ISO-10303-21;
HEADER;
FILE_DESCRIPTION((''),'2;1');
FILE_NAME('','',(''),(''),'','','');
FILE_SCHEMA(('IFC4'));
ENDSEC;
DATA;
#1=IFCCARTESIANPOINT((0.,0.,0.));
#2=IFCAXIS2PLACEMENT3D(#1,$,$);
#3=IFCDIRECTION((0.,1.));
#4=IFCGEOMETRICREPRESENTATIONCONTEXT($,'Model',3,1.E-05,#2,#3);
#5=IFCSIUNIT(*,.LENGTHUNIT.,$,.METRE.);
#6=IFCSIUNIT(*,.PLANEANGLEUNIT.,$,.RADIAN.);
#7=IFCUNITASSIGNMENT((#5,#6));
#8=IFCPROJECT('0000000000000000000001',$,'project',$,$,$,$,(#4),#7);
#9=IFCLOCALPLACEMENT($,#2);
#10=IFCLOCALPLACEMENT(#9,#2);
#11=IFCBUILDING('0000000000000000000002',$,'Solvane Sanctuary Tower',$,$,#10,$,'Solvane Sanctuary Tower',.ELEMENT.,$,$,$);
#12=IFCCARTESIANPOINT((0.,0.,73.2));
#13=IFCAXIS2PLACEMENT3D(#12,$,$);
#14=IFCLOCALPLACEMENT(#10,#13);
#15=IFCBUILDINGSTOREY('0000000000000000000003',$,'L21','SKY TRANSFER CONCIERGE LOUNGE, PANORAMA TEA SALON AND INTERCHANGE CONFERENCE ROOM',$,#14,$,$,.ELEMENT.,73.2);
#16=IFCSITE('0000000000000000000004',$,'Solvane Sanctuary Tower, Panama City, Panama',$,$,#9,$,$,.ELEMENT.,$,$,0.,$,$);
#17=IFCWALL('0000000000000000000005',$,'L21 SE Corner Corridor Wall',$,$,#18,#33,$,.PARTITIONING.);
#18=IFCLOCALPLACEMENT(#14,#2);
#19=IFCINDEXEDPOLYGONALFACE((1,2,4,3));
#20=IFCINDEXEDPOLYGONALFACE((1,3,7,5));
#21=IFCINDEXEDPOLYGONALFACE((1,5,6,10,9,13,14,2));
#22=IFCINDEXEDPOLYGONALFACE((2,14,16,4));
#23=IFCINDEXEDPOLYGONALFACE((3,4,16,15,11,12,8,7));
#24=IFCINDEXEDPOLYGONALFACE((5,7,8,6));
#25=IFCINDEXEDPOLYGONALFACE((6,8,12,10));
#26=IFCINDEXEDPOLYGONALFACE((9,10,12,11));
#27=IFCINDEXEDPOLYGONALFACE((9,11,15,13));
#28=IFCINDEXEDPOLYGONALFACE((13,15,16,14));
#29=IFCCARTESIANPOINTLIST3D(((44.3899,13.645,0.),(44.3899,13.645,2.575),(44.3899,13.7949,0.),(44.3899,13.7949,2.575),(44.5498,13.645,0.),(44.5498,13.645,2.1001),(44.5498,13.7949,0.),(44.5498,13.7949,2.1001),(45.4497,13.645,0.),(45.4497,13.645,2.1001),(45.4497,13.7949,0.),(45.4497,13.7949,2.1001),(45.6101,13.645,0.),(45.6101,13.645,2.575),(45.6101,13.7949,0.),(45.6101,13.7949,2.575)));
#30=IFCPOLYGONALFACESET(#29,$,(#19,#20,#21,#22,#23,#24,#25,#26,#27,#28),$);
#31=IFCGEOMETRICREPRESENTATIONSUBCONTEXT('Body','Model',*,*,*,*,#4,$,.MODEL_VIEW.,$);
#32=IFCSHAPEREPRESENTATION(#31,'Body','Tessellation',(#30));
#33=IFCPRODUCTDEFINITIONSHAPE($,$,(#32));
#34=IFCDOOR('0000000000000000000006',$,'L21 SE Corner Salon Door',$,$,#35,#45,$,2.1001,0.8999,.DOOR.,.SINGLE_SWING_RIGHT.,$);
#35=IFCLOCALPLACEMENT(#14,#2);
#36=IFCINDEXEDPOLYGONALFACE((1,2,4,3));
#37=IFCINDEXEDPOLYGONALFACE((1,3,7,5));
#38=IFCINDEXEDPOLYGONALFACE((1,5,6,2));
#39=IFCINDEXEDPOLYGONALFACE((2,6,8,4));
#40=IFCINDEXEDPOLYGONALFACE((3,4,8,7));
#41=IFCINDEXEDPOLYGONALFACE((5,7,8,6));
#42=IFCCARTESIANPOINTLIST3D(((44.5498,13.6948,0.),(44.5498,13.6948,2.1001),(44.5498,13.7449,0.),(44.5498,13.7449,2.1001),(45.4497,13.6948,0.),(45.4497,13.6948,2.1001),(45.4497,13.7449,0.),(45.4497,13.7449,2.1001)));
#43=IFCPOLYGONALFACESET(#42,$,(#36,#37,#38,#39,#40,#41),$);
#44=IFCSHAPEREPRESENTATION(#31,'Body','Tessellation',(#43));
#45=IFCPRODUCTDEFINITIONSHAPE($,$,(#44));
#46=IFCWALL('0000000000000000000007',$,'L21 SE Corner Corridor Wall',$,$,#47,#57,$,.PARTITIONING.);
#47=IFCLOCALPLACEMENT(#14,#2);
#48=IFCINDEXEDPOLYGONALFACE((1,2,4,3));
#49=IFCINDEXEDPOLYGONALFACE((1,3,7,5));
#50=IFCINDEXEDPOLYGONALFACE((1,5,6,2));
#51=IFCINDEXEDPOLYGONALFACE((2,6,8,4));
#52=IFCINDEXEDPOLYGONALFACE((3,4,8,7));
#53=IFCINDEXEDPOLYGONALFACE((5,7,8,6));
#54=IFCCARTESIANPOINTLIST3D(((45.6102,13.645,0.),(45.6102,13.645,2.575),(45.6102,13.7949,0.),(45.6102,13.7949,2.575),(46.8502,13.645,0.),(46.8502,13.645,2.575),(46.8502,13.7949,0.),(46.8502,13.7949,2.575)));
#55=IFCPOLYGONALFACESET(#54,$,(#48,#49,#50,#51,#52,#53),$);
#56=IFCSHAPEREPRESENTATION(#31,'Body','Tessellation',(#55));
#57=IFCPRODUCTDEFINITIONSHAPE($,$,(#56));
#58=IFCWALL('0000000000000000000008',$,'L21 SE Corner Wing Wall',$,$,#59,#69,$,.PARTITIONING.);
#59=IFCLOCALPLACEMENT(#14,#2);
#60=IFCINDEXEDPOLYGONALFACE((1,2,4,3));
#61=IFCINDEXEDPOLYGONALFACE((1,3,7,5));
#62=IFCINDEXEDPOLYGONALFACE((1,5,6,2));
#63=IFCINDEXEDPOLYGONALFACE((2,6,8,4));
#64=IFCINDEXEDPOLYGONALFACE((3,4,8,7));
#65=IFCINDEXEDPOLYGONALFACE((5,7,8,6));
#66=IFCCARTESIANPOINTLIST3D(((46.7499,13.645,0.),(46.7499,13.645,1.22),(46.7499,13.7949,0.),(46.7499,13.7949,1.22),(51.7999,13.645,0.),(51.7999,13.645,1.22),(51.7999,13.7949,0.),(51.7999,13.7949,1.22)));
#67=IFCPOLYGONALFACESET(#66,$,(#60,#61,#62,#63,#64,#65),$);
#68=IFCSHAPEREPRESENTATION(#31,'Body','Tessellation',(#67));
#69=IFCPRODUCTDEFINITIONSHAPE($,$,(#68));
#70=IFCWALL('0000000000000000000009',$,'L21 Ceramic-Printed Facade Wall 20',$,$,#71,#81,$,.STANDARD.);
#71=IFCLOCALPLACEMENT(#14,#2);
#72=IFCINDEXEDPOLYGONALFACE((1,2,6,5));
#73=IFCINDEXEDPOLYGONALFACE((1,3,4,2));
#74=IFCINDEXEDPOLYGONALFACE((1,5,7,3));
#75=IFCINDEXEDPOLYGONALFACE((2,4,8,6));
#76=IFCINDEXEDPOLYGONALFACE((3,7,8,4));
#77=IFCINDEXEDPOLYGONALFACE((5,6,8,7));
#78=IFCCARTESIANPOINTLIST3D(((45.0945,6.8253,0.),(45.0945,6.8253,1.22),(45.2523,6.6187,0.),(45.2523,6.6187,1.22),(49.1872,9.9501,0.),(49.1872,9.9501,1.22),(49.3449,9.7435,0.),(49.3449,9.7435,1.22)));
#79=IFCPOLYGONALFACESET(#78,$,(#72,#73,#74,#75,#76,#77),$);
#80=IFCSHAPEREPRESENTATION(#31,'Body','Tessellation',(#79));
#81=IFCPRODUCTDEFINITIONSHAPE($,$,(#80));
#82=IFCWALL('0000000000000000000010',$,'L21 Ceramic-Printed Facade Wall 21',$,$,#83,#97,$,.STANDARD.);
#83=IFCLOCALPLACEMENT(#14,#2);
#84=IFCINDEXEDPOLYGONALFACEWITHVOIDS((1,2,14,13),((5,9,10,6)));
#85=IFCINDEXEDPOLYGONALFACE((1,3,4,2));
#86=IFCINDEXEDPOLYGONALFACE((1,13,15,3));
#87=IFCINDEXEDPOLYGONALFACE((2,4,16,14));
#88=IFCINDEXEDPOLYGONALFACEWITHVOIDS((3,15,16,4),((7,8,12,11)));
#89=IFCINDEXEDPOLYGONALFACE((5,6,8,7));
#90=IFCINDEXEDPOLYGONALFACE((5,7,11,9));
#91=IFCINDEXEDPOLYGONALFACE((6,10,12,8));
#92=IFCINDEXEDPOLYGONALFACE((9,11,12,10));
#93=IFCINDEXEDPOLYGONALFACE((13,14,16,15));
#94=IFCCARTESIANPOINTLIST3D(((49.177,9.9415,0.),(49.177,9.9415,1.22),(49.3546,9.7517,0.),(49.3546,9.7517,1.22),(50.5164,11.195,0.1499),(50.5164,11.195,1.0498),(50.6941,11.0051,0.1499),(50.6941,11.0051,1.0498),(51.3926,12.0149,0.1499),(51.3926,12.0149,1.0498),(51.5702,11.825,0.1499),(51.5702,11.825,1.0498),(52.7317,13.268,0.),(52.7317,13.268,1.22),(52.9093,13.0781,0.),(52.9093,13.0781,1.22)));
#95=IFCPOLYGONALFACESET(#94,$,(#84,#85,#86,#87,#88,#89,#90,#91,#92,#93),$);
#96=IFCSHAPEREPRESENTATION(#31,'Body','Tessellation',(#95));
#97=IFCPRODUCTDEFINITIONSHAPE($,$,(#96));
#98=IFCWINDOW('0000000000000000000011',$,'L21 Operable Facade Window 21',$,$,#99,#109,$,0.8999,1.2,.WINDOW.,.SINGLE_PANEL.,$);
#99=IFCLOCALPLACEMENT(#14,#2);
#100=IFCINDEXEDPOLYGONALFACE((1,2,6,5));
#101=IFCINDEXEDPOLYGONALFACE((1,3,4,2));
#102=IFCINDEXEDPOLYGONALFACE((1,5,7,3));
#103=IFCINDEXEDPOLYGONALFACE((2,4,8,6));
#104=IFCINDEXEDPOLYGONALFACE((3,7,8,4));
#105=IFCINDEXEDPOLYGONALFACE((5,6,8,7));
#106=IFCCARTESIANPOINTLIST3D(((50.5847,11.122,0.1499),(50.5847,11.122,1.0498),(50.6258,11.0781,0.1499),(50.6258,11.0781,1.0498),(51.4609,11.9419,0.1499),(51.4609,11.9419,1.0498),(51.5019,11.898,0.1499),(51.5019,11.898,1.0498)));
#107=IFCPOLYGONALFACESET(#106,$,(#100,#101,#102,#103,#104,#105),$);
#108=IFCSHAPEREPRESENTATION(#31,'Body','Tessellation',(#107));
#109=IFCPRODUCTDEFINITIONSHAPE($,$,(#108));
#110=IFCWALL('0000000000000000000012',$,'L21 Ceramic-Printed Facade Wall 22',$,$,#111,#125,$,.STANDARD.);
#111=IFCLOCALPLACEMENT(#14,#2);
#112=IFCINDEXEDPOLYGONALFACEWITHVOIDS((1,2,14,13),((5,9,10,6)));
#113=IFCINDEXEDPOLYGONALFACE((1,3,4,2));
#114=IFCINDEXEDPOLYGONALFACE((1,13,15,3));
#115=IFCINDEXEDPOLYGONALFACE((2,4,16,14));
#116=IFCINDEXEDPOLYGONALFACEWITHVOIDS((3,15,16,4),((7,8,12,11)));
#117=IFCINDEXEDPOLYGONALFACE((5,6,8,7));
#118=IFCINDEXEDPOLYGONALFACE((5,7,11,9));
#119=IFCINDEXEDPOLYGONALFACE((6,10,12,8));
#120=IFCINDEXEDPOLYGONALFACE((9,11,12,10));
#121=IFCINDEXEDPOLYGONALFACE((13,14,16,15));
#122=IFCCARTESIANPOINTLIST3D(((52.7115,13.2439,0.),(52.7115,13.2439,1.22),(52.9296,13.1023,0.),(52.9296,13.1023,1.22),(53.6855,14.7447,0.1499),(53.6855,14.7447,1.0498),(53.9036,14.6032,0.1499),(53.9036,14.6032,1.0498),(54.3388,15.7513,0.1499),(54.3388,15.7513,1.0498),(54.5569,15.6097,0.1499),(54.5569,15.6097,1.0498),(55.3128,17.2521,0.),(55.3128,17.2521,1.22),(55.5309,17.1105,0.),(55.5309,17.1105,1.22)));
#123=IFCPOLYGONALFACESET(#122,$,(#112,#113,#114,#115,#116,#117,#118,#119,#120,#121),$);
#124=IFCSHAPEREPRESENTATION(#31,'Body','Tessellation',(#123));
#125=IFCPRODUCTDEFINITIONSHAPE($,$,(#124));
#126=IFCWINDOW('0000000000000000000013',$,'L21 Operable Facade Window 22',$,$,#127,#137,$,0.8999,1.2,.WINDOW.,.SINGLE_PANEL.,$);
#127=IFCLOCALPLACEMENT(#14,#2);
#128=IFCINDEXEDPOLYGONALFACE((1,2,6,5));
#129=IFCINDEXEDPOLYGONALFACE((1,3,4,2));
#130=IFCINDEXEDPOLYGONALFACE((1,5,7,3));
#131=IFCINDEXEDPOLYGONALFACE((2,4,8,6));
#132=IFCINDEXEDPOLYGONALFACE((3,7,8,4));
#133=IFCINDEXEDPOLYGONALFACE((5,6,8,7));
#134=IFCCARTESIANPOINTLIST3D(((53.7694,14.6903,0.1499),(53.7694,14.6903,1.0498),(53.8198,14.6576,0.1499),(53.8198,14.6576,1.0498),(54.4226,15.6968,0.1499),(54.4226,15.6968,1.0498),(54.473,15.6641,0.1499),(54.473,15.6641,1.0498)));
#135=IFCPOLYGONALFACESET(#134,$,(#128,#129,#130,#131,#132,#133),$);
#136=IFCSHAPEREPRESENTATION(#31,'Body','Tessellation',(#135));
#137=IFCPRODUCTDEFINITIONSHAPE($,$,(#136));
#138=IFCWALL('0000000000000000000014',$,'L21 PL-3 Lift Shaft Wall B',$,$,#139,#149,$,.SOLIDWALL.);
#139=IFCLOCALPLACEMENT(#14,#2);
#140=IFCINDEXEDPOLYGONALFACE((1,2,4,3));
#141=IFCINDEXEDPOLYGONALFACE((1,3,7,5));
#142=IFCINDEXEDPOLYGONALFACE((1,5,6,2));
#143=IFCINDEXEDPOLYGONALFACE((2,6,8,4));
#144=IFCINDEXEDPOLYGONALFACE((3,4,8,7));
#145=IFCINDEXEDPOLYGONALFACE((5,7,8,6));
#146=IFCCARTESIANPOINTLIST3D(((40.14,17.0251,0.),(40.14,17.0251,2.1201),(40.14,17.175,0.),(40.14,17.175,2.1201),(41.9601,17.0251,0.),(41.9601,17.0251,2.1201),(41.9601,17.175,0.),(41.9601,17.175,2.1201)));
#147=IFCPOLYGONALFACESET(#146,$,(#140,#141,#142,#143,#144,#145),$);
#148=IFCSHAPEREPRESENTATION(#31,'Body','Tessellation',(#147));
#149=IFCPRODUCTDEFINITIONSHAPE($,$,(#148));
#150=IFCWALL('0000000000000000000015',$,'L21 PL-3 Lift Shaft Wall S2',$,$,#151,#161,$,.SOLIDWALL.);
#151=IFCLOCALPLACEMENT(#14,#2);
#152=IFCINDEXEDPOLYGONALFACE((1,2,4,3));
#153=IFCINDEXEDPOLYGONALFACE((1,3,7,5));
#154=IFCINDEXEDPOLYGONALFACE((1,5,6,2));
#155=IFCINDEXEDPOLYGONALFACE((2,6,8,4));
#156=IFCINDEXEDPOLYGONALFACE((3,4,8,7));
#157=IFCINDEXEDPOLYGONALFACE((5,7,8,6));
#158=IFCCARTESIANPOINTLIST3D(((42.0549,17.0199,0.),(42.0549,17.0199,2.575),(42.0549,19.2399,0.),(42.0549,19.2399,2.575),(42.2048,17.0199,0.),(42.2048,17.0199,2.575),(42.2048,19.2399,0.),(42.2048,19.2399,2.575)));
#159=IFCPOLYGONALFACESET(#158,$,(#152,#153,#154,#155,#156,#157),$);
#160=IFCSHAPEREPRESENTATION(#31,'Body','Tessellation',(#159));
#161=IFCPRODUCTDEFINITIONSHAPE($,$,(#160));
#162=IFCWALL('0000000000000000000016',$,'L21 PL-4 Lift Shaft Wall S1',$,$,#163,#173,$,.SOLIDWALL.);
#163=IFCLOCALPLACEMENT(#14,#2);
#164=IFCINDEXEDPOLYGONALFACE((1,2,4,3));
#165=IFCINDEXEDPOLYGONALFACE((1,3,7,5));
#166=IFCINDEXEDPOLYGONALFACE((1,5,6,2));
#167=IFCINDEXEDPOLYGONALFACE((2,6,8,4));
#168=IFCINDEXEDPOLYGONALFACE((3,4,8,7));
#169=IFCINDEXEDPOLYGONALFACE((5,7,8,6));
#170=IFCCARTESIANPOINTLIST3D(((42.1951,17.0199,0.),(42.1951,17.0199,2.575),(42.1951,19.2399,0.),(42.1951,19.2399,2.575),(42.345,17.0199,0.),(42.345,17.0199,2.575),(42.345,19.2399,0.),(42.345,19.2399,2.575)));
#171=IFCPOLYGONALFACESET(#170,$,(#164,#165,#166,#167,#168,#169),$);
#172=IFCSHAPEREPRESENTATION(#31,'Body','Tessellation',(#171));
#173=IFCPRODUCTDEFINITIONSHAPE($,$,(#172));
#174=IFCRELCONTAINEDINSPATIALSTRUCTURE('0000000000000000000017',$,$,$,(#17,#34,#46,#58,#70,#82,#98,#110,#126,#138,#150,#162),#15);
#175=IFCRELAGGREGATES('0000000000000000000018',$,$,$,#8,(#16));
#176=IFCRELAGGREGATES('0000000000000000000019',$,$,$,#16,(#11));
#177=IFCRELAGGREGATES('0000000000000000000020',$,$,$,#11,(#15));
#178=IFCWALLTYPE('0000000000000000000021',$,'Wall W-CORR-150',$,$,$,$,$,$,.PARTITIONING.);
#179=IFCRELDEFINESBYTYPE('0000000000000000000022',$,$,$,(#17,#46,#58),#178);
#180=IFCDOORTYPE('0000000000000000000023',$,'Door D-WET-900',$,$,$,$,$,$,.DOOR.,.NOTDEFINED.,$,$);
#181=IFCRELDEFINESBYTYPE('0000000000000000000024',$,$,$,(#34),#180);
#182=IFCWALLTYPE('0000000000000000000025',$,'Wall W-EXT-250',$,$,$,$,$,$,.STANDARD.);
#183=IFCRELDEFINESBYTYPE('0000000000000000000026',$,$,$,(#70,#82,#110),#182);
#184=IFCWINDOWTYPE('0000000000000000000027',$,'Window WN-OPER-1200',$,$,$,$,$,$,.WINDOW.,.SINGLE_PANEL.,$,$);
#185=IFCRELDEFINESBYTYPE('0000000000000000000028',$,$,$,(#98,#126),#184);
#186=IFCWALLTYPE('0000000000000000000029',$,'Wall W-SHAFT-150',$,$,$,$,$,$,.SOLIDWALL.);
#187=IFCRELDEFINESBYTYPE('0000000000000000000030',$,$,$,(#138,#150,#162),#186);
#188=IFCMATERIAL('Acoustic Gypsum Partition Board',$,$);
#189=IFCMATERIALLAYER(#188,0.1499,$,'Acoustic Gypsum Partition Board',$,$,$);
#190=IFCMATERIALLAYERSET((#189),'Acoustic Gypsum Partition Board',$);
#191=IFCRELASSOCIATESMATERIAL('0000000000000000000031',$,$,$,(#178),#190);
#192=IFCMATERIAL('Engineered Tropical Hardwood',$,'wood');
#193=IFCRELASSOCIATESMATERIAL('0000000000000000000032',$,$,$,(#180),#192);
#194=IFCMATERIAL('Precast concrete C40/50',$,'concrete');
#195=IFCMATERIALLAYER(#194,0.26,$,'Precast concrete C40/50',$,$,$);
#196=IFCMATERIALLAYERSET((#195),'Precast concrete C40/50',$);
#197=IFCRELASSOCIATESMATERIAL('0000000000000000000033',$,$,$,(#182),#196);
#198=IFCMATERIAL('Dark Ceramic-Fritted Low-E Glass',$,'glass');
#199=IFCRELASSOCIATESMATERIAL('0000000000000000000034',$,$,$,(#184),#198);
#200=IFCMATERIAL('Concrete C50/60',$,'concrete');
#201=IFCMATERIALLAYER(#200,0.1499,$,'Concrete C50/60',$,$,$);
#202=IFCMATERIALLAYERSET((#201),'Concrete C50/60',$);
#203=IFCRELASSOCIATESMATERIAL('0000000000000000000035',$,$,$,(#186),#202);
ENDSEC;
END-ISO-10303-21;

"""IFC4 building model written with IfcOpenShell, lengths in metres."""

from ifc_helpers import new_model, si_unit, direction, frame, frame_2d, origin, place, context, subcontext, project, spatial, rectangle, extrude, material, layer, layer_set, type_object, element, fill, save


model = new_model("IFC4")

# Units and contexts
model_context = context("Model", 3, precision=1e-05, world=origin(), true_north=direction((0.0, 1.0)))
body_context = subcontext(model_context, "Body", "Model", "MODEL_VIEW")
ifc_project = project(units=[si_unit("LENGTHUNIT", "METRE"), si_unit("PLANEANGLEUNIT", "RADIAN")], contexts=[model_context])

# Site, building, storey
site_placement = place(None, origin())
site = spatial("IfcSite", under=ifc_project, at=site_placement, Name="Solvane Sanctuary Tower, Panama City, Panama", CompositionType="ELEMENT", RefElevation=0.0)
building_placement = place(site_placement, origin())
building = spatial("IfcBuilding", under=site, at=building_placement, Name="Solvane Sanctuary Tower", LongName="Solvane Sanctuary Tower", CompositionType="ELEMENT")
storey_placement = place(building_placement, frame((0.0, 0.0, 73.2)))
storey = spatial("IfcBuildingStorey", under=building, at=storey_placement, Name="L21", Description="SKY TRANSFER CONCIERGE LOUNGE, PANORAMA TEA SALON AND INTERCHANGE CONFERENCE ROOM", CompositionType="ELEMENT", Elevation=73.2)

# Shared definitions
ifc_material_1 = material(Name="Acoustic Gypsum Partition Board")
ifc_layer_1 = layer(ifc_material_1, 0.1499, Name="Acoustic Gypsum Partition Board")
ifc_layer_set_1 = layer_set([ifc_layer_1], Name="Acoustic Gypsum Partition Board")
wall_type_1 = type_object("IfcWallType", Name="Wall W-CORR-150", PredefinedType="PARTITIONING", material=ifc_layer_set_1)

# Wall, opening, door
wall_1_placement = place(storey_placement, frame((44.3899, 13.72, 0.0), z_axis=(0.0, 0.0, 1.0), x_axis=(1.0, 0.0, 0.0)))
wall_1 = element("IfcWall", 1, at=wall_1_placement, inside=storey, type_object=wall_type_1, Name="L21 SE Corner Corridor Wall", PredefinedType="PARTITIONING", context=body_context, shape_type="SweptSolid", body=[
    extrude(rectangle(XDim=1.2202, YDim=0.1499, at=frame_2d((0.6101, 0.0))), origin(), (0.0, 0.0, 1.0), 2.575),
])
opening_1_placement = place(wall_1_placement, frame((0.1599, 0.0, 0.0)))
opening_1 = element("IfcOpeningElement", 2, at=opening_1_placement, cuts=wall_1, PredefinedType="OPENING", context=body_context, shape_type="SweptSolid", body=[
    extrude(rectangle(XDim=0.8999, YDim=2.1001, at=frame_2d((0.45, 1.05))), frame((0.0, 0.085, 0.0), z_axis=(0.0, -1.0, 0.0), x_axis=(1.0, 0.0, 0.0)), (0.0, 0.0, 1.0), 0.1699),
])
ifc_material_2 = material(Name="Engineered Tropical Hardwood", Category="wood")
door_type = type_object("IfcDoorType", Name="Door D-WET-900", OperationType="NOTDEFINED", PredefinedType="DOOR", material=ifc_material_2)
door_placement = place(opening_1_placement, origin())
door = element("IfcDoor", 3, at=door_placement, inside=storey, type_object=door_type, Name="L21 SE Corner Salon Door", OperationType="SINGLE_SWING_RIGHT", OverallHeight=2.1001, OverallWidth=0.8999, PredefinedType="DOOR", context=body_context, shape_type="SweptSolid", body=[
    extrude(rectangle(XDim=0.8999, YDim=2.1001, at=frame_2d((0.45, 1.05))), frame((0.0, 0.0249, 0.0), z_axis=(0.0, -1.0, 0.0), x_axis=(1.0, 0.0, 0.0)), (0.0, 0.0, 1.0), 0.05),
])
fill(opening_1, door)

# Walls
wall_2_placement = place(storey_placement, frame((45.6101, 13.72, 0.0), z_axis=(0.0, 0.0, 1.0), x_axis=(1.0, 0.0, 0.0)))
element("IfcWall", 4, at=wall_2_placement, inside=storey, type_object=wall_type_1, Name="L21 SE Corner Corridor Wall", PredefinedType="PARTITIONING", context=body_context, shape_type="SweptSolid", body=[
    extrude(rectangle(XDim=1.24, YDim=0.1499, at=frame_2d((0.6201, 0.0))), origin(), (0.0, 0.0, 1.0), 2.575),
])
wall_3_placement = place(storey_placement, frame((46.75, 13.72, 0.0), z_axis=(0.0, 0.0, 1.0), x_axis=(1.0, 0.0, 0.0)))
element("IfcWall", 5, at=wall_3_placement, inside=storey, type_object=wall_type_1, Name="L21 SE Corner Wing Wall", PredefinedType="PARTITIONING", context=body_context, shape_type="SweptSolid", body=[
    extrude(rectangle(XDim=5.05, YDim=0.1499, at=frame_2d((2.5249, 0.0))), origin(), (0.0, 0.0, 1.0), 1.22),
])
ifc_material_3 = material(Name="Precast concrete C40/50", Category="concrete")
ifc_layer_2 = layer(ifc_material_3, 0.26, Name="Precast concrete C40/50")
ifc_layer_set_2 = layer_set([ifc_layer_2], Name="Precast concrete C40/50")
wall_type_2 = type_object("IfcWallType", Name="Wall W-EXT-250", PredefinedType="STANDARD", material=ifc_layer_set_2)
wall_4_placement = place(storey_placement, frame((45.1733, 6.7219, 0.0), z_axis=(0.0, 0.0, 1.0), x_axis=(0.79481, 0.606859, 0.0)))
element("IfcWall", 6, at=wall_4_placement, inside=storey, type_object=wall_type_2, Name="L21 Ceramic-Printed Facade Wall 20", PredefinedType="STANDARD", context=body_context, shape_type="SweptSolid", body=[
    extrude(rectangle(XDim=5.1492, YDim=0.26, at=frame_2d((2.5747, 0.0))), origin(), (0.0, 0.0, 1.0), 1.22),
])

# Walls, openings, windows
wall_5_placement = place(storey_placement, frame((49.2659, 9.8467, 0.0), z_axis=(0.0, 0.0, 1.0), x_axis=(0.730162, 0.683274, 0.0)))
wall_5 = element("IfcWall", 7, at=wall_5_placement, inside=storey, type_object=wall_type_2, Name="L21 Ceramic-Printed Facade Wall 21", PredefinedType="STANDARD", context=body_context, shape_type="SweptSolid", body=[
    extrude(rectangle(XDim=4.8684, YDim=0.26, at=frame_2d((2.4341, 0.0))), origin(), (0.0, 0.0, 1.0), 1.22),
])
opening_2_placement = place(wall_5_placement, frame((1.8342, 0.0, 0.1499)))
opening_2 = element("IfcOpeningElement", 8, at=opening_2_placement, cuts=wall_5, PredefinedType="OPENING", context=body_context, shape_type="SweptSolid", body=[
    extrude(rectangle(XDim=1.2, YDim=0.8999, at=frame_2d((0.6001, 0.45))), frame((0.0, 0.1399, 0.0), z_axis=(0.0, -1.0, 0.0), x_axis=(1.0, 0.0, 0.0)), (0.0, 0.0, 1.0), 0.28),
])
ifc_material_4 = material(Name="Dark Ceramic-Fritted Low-E Glass", Category="glass")
window_type = type_object("IfcWindowType", Name="Window WN-OPER-1200", PartitioningType="SINGLE_PANEL", PredefinedType="WINDOW", material=ifc_material_4)
window_1_placement = place(opening_2_placement, origin())
window_1 = element("IfcWindow", 9, at=window_1_placement, inside=storey, type_object=window_type, Name="L21 Operable Facade Window 21", OverallHeight=0.8999, OverallWidth=1.2, PartitioningType="SINGLE_PANEL", PredefinedType="WINDOW", context=body_context, shape_type="SweptSolid", body=[
    extrude(rectangle(XDim=1.2, YDim=0.8999, at=frame_2d((0.6001, 0.45))), frame((0.0, 0.03, 0.0), z_axis=(0.0, -1.0, 0.0), x_axis=(1.0, 0.0, 0.0)), (0.0, 0.0, 1.0), 0.0601),
])
fill(opening_2, window_1)
wall_6_placement = place(storey_placement, frame((52.8206, 13.1731, 0.0), z_axis=(0.0, 0.0, 1.0), x_axis=(0.544388, 0.838833, 0.0)))
wall_6 = element("IfcWall", 10, at=wall_6_placement, inside=storey, type_object=wall_type_2, Name="L21 Ceramic-Printed Facade Wall 22", PredefinedType="STANDARD", context=body_context, shape_type="SweptSolid", body=[
    extrude(rectangle(XDim=4.7783, YDim=0.26, at=frame_2d((2.3892, 0.0))), origin(), (0.0, 0.0, 1.0), 1.22),
])
opening_3_placement = place(wall_6_placement, frame((1.7891, 0.0, 0.1499)))
opening_3 = element("IfcOpeningElement", 11, at=opening_3_placement, cuts=wall_6, PredefinedType="OPENING", context=body_context, shape_type="SweptSolid", body=[
    extrude(rectangle(XDim=1.2, YDim=0.8999, at=frame_2d((0.6001, 0.45))), frame((0.0, 0.1399, 0.0), z_axis=(0.0, -1.0, 0.0), x_axis=(1.0, 0.0, 0.0)), (0.0, 0.0, 1.0), 0.28),
])
window_2_placement = place(opening_3_placement, origin())
window_2 = element("IfcWindow", 12, at=window_2_placement, inside=storey, type_object=window_type, Name="L21 Operable Facade Window 22", OverallHeight=0.8999, OverallWidth=1.2, PartitioningType="SINGLE_PANEL", PredefinedType="WINDOW", context=body_context, shape_type="SweptSolid", body=[
    extrude(rectangle(XDim=1.2, YDim=0.8999, at=frame_2d((0.6001, 0.45))), frame((0.0, 0.03, 0.0), z_axis=(0.0, -1.0, 0.0), x_axis=(1.0, 0.0, 0.0)), (0.0, 0.0, 1.0), 0.0601),
])
fill(opening_3, window_2)

# Walls
ifc_material_5 = material(Name="Concrete C50/60", Category="concrete")
ifc_layer_3 = layer(ifc_material_5, 0.1499, Name="Concrete C50/60")
ifc_layer_set_3 = layer_set([ifc_layer_3], Name="Concrete C50/60")
wall_type_3 = type_object("IfcWallType", Name="Wall W-SHAFT-150", PredefinedType="SOLIDWALL", material=ifc_layer_set_3)
wall_7_placement = place(storey_placement, frame((40.1399, 17.1001, 0.0), z_axis=(0.0, 0.0, 1.0), x_axis=(1.0, 0.0, 0.0)))
element("IfcWall", 13, at=wall_7_placement, inside=storey, type_object=wall_type_3, Name="L21 PL-3 Lift Shaft Wall B", PredefinedType="SOLIDWALL", context=body_context, shape_type="SweptSolid", body=[
    extrude(rectangle(XDim=1.8201, YDim=0.1499, at=frame_2d((0.9102, 0.0))), origin(), (0.0, 0.0, 1.0), 2.1201),
])
for number, where, z_axis, x_axis, name in (
    (14, (42.1299, 17.02, 0.0), (0.0, 0.0, 1.0), (0.0, 1.0, 0.0), "L21 PL-3 Lift Shaft Wall S2"),
    (15, (42.27, 17.02, 0.0), (0.0, 0.0, 1.0), (0.0, 1.0, 0.0), "L21 PL-4 Lift Shaft Wall S1"),
):
    element("IfcWall", number, at=place(storey_placement, frame(where, z_axis=z_axis, x_axis=x_axis)), inside=storey, type_object=wall_type_3, Name=name, PredefinedType="SOLIDWALL", context=body_context, shape_type="SweptSolid", body=[
        extrude(rectangle(XDim=2.22, YDim=0.1499, at=frame_2d((1.1099, 0.0))), origin(), (0.0, 0.0, 1.0), 2.575),
    ])

save(model, "model.ifc")
